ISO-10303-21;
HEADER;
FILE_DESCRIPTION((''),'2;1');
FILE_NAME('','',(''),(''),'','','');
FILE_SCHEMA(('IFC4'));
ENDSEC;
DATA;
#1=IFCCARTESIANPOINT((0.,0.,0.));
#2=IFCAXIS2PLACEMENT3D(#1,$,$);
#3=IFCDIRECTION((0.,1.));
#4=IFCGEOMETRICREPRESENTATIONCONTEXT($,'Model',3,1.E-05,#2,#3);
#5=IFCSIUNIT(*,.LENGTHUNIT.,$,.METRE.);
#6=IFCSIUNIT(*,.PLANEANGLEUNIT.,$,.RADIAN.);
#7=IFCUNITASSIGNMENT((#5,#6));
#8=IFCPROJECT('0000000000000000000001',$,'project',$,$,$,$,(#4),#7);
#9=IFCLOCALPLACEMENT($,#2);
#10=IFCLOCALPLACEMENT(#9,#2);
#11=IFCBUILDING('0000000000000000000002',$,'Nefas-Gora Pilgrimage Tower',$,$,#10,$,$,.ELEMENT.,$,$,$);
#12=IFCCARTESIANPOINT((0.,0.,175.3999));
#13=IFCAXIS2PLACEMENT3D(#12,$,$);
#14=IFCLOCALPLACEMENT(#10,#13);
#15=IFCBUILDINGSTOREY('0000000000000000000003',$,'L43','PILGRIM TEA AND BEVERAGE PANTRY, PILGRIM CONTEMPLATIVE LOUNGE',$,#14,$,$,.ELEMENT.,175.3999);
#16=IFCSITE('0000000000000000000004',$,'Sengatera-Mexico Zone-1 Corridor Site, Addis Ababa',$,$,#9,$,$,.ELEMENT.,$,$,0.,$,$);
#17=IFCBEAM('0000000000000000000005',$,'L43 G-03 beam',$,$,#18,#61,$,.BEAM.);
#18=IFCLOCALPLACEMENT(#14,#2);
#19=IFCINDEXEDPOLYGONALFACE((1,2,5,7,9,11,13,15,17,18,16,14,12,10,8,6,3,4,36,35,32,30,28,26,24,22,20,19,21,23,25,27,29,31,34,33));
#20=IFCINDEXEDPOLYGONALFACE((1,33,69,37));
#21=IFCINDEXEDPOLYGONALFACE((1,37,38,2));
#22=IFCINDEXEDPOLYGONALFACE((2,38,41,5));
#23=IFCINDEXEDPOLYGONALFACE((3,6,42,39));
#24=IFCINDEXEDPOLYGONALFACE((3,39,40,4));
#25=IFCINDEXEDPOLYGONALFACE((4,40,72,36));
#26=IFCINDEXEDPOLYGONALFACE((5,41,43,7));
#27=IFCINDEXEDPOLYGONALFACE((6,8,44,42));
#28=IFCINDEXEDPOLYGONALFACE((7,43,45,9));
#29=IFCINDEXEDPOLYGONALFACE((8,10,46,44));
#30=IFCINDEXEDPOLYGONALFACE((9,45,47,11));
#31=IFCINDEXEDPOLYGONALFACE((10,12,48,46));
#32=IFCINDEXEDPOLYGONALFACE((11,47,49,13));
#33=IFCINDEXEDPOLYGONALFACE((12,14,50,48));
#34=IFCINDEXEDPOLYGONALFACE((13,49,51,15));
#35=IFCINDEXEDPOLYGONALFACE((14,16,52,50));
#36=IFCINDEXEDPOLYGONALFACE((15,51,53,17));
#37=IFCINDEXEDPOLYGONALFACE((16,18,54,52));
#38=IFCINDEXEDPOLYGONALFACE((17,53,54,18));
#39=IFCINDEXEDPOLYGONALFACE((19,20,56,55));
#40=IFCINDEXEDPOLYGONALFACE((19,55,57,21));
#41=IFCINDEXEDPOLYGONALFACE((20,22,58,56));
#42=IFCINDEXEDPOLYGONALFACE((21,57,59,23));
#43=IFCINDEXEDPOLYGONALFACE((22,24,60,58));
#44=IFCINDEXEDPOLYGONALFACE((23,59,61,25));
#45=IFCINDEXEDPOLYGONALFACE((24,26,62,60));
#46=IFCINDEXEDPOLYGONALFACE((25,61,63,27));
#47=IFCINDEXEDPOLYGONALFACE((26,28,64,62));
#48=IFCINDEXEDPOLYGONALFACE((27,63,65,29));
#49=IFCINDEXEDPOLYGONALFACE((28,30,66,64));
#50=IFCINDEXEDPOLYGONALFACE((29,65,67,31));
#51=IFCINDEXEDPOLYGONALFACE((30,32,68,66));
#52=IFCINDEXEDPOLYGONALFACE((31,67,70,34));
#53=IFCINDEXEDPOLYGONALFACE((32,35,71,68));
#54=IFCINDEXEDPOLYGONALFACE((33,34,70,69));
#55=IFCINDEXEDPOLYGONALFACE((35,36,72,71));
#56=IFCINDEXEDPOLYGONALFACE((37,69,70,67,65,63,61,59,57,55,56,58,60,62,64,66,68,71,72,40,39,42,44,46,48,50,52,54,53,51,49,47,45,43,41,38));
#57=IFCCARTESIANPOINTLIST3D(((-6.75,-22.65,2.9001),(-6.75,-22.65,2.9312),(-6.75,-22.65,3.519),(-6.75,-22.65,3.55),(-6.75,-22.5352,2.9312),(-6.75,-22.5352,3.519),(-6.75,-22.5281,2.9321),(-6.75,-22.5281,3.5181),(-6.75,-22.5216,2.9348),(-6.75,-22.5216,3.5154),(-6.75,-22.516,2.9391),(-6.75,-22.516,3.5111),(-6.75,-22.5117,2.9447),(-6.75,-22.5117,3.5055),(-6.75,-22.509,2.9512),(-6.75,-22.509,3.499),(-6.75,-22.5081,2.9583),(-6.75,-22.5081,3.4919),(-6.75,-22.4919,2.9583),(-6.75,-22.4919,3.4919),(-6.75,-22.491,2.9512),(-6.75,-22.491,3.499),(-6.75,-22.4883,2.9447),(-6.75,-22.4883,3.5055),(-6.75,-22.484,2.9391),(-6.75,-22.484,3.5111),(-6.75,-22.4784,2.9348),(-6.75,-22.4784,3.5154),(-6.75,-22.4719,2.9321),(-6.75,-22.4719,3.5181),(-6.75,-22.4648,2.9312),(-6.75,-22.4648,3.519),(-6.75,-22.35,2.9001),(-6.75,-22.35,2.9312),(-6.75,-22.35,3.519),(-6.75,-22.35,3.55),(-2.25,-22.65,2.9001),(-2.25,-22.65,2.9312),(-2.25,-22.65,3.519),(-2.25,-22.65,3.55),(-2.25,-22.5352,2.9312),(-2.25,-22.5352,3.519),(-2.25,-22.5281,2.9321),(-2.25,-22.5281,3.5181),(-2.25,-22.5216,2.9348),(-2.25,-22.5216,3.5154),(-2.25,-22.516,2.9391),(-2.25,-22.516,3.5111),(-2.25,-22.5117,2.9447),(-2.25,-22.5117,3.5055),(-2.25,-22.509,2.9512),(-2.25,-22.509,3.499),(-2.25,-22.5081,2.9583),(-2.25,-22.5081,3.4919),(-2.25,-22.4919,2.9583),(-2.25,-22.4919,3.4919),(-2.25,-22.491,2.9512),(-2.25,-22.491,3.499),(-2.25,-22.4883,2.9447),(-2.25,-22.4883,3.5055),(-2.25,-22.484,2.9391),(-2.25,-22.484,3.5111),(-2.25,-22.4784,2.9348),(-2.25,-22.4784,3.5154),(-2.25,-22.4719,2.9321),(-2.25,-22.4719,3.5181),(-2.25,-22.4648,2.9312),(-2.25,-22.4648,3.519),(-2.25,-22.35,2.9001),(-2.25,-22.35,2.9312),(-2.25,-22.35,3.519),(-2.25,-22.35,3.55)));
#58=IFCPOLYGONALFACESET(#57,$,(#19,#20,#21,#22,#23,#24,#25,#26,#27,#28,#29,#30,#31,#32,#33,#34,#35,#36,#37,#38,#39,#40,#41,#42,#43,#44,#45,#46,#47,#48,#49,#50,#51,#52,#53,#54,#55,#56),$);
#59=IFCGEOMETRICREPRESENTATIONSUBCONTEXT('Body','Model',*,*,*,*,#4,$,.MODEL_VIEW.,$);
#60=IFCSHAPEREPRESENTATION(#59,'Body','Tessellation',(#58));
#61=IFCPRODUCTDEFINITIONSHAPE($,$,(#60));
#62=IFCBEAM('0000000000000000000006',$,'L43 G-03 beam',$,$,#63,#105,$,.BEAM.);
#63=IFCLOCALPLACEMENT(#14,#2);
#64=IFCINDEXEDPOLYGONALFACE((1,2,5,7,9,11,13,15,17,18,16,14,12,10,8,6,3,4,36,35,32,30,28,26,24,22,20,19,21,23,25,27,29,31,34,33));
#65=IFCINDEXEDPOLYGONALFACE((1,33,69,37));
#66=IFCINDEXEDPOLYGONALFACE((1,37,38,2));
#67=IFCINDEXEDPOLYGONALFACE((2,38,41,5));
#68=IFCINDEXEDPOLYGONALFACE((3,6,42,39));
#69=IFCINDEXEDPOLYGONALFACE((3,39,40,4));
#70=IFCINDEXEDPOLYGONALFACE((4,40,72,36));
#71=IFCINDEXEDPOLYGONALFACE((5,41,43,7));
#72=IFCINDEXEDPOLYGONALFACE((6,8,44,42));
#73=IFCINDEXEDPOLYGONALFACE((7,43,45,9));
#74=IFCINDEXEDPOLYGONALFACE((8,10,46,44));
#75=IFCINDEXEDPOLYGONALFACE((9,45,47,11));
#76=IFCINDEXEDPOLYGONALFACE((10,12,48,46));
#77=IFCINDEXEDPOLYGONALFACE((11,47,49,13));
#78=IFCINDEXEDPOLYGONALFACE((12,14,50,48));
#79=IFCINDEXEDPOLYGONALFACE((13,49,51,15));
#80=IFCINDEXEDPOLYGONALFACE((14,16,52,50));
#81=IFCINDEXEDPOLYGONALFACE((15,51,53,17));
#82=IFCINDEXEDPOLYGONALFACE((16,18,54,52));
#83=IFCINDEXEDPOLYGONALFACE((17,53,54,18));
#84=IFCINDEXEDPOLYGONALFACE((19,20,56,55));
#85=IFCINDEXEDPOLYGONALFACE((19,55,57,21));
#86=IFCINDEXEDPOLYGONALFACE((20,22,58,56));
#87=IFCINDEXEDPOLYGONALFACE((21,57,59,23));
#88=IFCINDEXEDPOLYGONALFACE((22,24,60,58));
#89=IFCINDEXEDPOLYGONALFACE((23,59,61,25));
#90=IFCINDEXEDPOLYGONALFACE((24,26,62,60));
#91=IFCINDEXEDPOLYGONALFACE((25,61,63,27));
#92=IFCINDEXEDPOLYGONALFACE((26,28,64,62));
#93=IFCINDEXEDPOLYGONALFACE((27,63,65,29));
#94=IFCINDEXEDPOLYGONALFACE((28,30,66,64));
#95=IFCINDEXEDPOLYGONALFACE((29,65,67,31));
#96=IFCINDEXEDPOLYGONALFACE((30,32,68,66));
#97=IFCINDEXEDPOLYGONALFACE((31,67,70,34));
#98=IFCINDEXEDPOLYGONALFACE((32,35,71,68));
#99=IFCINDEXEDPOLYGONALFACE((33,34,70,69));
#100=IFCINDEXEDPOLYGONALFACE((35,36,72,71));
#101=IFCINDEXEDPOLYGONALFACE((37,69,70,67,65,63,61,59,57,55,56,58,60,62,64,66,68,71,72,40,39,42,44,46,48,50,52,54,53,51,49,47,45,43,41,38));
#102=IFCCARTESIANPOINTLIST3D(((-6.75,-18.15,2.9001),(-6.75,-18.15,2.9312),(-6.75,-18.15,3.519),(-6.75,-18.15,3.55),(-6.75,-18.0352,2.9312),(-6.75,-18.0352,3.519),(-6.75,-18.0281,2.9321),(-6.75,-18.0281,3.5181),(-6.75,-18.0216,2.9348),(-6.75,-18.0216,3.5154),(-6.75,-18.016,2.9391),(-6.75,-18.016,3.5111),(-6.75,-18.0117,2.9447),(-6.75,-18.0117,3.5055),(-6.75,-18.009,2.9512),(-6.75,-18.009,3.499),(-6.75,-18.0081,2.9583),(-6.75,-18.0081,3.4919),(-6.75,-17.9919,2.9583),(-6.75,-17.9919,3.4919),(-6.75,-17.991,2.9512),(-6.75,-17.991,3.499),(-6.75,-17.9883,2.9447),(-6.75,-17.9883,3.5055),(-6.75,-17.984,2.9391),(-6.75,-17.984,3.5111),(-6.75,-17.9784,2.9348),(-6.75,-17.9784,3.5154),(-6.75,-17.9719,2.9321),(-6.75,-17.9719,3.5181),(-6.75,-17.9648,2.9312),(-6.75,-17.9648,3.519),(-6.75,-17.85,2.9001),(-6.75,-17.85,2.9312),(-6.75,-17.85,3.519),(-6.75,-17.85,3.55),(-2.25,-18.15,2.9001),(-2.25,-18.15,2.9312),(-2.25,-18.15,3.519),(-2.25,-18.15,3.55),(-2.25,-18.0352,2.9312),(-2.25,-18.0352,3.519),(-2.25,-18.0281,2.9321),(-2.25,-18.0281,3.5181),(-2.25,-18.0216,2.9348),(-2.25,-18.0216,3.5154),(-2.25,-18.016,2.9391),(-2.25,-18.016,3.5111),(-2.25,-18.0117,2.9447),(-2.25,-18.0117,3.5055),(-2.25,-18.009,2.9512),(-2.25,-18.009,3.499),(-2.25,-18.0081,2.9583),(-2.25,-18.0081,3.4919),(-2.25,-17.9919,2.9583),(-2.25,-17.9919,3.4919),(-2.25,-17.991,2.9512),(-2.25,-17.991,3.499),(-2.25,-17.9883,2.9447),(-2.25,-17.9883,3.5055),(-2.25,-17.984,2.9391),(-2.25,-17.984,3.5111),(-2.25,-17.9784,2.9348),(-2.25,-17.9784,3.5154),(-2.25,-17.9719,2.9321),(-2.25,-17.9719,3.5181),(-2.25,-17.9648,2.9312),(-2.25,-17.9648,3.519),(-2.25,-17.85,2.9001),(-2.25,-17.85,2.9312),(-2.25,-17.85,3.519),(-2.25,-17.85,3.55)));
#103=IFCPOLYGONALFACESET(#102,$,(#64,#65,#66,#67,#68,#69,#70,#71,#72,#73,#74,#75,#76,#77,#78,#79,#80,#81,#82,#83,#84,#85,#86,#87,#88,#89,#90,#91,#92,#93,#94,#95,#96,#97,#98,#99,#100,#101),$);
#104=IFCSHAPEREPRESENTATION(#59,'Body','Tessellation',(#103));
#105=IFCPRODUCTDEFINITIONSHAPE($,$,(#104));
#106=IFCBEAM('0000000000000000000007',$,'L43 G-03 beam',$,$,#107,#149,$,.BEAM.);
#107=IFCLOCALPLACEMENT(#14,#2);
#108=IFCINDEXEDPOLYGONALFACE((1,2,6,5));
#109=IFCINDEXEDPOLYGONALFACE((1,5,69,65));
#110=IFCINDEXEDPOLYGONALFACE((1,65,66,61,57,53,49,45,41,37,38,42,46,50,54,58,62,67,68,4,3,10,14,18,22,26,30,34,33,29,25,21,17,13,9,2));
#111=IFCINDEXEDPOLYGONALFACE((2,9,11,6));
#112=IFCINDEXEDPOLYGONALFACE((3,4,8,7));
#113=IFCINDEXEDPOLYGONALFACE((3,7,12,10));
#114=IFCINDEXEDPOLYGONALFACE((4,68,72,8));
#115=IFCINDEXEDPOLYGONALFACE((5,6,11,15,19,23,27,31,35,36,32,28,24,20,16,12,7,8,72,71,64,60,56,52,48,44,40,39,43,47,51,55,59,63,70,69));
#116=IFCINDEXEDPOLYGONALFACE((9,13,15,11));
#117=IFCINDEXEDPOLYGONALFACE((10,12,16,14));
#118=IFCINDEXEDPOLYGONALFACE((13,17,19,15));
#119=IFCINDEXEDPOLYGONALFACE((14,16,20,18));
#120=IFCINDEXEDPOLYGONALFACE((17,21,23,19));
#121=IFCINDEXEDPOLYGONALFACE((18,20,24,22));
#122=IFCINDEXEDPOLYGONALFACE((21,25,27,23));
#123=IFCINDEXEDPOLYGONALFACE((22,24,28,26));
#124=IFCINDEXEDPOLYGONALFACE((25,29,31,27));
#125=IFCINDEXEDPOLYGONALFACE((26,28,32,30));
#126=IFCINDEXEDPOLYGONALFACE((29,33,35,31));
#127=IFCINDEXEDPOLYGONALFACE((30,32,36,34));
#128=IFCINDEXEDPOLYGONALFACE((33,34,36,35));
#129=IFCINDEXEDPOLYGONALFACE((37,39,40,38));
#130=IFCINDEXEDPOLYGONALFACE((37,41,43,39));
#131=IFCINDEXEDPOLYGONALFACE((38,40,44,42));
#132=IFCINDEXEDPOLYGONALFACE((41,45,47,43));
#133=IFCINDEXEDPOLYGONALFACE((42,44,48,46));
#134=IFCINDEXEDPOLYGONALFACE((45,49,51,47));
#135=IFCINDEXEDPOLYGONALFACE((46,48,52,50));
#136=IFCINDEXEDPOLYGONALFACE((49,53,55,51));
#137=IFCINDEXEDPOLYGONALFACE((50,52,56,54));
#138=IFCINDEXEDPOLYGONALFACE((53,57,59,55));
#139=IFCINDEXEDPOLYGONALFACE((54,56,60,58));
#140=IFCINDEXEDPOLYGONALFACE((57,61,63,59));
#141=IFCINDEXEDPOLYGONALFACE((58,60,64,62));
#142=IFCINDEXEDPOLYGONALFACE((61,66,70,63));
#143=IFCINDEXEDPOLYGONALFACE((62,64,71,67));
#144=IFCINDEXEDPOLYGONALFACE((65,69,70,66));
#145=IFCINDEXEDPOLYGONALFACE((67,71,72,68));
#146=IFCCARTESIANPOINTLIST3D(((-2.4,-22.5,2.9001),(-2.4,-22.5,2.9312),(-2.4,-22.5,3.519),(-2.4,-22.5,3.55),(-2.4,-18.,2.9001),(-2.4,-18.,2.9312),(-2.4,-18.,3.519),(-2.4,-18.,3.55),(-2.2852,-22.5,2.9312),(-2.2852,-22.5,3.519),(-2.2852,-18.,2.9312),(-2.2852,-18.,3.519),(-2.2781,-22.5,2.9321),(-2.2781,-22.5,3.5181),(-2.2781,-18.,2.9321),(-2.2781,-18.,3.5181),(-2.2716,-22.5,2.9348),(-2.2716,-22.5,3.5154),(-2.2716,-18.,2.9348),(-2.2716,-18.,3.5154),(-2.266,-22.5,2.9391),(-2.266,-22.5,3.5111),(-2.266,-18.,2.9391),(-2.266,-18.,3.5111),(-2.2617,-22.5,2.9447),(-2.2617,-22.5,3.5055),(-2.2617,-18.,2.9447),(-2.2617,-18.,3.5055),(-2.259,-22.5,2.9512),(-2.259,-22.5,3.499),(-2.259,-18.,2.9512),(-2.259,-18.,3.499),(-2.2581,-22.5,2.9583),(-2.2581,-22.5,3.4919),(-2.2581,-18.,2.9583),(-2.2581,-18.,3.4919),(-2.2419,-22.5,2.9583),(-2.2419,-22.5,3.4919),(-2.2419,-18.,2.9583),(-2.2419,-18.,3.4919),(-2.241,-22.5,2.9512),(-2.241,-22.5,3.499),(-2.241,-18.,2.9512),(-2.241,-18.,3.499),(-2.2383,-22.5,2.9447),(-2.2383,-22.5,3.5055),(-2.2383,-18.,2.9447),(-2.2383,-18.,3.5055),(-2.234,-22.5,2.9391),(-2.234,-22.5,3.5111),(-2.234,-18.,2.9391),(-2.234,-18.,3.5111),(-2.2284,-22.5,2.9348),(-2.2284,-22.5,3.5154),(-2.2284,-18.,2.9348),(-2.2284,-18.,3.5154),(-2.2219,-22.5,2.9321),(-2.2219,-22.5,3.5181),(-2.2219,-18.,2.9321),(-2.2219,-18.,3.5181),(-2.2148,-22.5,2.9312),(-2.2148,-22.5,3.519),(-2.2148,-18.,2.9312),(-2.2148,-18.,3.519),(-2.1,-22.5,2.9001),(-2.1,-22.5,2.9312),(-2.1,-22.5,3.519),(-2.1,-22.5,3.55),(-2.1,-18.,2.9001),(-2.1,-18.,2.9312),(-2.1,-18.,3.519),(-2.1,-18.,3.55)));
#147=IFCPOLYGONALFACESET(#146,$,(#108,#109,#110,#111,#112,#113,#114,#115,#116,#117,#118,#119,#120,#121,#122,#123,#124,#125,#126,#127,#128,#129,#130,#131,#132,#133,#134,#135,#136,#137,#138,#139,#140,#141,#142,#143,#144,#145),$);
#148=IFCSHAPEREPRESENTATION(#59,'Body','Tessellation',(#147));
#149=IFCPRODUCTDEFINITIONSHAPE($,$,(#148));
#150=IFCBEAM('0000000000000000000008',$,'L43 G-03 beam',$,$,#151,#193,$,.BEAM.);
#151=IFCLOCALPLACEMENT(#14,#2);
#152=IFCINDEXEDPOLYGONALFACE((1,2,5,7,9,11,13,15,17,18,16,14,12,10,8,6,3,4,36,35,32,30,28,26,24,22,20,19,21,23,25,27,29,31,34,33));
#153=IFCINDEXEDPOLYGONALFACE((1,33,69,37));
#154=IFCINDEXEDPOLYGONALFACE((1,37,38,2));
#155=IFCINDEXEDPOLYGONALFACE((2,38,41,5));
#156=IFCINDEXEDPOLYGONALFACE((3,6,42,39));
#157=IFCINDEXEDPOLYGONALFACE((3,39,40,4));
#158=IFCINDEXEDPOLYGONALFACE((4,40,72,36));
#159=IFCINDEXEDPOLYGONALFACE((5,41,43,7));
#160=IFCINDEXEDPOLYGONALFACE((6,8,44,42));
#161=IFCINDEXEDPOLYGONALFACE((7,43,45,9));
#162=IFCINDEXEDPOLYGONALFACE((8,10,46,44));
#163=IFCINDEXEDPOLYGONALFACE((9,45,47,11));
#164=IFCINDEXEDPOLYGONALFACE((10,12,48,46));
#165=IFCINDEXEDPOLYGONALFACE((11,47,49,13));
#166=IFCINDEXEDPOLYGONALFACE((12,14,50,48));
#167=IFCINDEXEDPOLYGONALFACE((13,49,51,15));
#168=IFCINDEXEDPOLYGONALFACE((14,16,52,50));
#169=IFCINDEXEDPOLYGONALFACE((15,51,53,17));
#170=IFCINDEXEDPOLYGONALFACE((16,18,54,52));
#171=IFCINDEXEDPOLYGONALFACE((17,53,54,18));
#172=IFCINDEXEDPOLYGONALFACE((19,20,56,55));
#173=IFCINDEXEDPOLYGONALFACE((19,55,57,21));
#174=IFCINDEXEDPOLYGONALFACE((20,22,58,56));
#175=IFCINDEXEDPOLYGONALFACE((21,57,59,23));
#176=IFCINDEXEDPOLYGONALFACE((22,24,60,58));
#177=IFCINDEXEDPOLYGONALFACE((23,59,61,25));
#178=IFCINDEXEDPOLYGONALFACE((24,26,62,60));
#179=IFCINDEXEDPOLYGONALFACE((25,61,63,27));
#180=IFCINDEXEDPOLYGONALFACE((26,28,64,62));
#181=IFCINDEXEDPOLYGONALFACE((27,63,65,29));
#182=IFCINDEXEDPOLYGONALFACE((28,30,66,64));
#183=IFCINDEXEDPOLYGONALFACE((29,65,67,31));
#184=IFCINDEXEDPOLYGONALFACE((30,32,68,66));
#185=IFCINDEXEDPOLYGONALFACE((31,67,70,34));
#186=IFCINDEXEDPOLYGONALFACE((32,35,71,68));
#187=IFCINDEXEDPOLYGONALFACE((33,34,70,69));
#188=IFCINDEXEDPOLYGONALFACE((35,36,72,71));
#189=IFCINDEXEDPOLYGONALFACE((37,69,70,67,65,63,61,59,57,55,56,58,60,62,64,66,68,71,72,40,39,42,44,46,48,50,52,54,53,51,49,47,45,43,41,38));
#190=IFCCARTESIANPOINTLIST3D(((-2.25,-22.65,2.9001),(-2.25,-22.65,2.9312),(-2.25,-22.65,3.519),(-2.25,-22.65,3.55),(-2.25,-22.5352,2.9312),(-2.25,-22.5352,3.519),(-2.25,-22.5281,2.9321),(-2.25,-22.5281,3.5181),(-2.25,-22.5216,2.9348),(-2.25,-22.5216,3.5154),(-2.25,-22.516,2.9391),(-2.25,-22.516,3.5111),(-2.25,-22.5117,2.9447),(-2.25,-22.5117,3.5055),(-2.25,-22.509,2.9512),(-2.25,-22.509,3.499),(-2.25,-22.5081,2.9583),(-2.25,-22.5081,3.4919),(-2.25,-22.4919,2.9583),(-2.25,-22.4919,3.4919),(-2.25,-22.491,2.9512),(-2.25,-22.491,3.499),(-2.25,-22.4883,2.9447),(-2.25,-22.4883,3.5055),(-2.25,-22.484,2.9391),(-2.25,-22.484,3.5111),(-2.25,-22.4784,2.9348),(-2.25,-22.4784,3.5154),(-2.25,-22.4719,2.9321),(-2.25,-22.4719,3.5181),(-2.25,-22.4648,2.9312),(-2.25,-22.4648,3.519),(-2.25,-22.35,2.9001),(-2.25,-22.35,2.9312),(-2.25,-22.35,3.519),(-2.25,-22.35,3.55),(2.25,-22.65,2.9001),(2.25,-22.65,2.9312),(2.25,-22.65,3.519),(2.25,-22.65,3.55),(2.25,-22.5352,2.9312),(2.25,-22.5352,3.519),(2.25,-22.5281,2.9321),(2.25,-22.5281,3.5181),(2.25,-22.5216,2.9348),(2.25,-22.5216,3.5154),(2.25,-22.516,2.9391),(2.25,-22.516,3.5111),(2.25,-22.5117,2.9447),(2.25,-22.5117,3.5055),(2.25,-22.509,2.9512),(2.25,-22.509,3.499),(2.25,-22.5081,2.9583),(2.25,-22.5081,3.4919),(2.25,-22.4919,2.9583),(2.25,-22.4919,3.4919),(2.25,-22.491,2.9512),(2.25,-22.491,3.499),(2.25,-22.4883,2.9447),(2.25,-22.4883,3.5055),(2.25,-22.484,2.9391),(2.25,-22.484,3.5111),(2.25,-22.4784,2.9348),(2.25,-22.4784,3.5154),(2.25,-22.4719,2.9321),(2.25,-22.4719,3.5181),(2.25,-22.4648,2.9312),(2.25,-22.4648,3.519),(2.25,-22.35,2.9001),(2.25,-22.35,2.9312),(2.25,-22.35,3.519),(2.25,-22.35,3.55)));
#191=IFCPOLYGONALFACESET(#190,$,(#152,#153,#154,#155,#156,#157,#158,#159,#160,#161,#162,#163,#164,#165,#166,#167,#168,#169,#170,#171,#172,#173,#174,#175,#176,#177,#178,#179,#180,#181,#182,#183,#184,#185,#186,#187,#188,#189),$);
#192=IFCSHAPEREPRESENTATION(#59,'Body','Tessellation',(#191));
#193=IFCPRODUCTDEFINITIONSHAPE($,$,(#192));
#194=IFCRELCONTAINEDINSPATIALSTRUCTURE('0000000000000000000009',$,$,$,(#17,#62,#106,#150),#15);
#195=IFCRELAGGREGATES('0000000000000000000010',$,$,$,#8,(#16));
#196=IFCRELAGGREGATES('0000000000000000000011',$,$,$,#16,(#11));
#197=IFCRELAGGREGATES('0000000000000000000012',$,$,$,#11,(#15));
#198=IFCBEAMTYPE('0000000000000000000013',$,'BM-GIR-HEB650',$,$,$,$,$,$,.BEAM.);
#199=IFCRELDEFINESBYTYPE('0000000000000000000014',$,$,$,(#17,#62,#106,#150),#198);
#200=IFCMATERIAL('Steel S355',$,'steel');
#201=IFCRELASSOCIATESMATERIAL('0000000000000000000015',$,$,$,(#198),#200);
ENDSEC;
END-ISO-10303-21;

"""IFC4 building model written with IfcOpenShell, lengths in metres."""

from ifc_helpers import new_model, si_unit, direction, frame, origin, origin_2d, place, context, subcontext, project, spatial, i_section, extrude, source, transform, mapped, material, material_profile, profile_set, type_object, element, save


model = new_model("IFC4")

# Units and contexts
model_context = context("Model", 3, precision=1e-05, world=origin(), true_north=direction((0.0, 1.0)))
body_context = subcontext(model_context, "Body", "Model", "MODEL_VIEW")
ifc_project = project(units=[si_unit("LENGTHUNIT", "METRE"), si_unit("PLANEANGLEUNIT", "RADIAN")], contexts=[model_context])

# Site, building, storey
site_placement = place(None, origin())
site = spatial("IfcSite", under=ifc_project, at=site_placement, Name="Sengatera-Mexico Zone-1 Corridor Site, Addis Ababa", CompositionType="ELEMENT", RefElevation=0.0)
building_placement = place(site_placement, origin())
building = spatial("IfcBuilding", under=site, at=building_placement, Name="Nefas-Gora Pilgrimage Tower", CompositionType="ELEMENT")
storey_placement = place(building_placement, frame((0.0, 0.0, 175.3999)))
storey = spatial("IfcBuildingStorey", under=building, at=storey_placement, Name="L43", Description="PILGRIM TEA AND BEVERAGE PANTRY, PILGRIM CONTEMPLATIVE LOUNGE", CompositionType="ELEMENT", Elevation=175.3999)

# Beams
ifc_material_1 = material(Name="Steel S355", Category="steel")
ifc_material_profile_1 = material_profile(ifc_material_1, i_section(OverallWidth=0.3, OverallDepth=0.6499, WebThickness=0.0161, FlangeThickness=0.031, FilletRadius=0.0271, at=origin_2d()), Name="HEB 650")
ifc_profile_set_1 = profile_set([ifc_material_profile_1], Name="Steel S355")
beam_type = type_object("IfcBeamType", Name="BM-GIR-HEB650", PredefinedType="BEAM", material=ifc_profile_set_1)
shared_shape_1 = source(origin(), body_context, "Body", "SweptSolid", [
    extrude(i_section(OverallWidth=0.3, OverallDepth=0.6499, WebThickness=0.0161, FlangeThickness=0.031, FilletRadius=0.0271, at=origin_2d()), origin(), (0.0, 0.0, 1.0), 4.5),
])
for number, where, z_axis, x_axis, name in (
    (1, (-6.75, -22.5, 3.2251), (1.0, 0.0, 0.0), (0.0, 1.0, 0.0), "L43 G-03 beam"),
    (2, (-6.75, -18.0, 3.2251), (1.0, 0.0, 0.0), (0.0, 1.0, 0.0), "L43 G-03 beam"),
    (3, (-2.25, -22.5, 3.2251), (0.0, 1.0, 0.0), (-1.0, 0.0, 0.0), "L43 G-03 beam"),
    (4, (-2.25, -22.5, 3.2251), (1.0, 0.0, 0.0), (0.0, 1.0, 0.0), "L43 G-03 beam"),
):
    element("IfcBeam", number, at=place(storey_placement, frame(where, z_axis=z_axis, x_axis=x_axis)), inside=storey, type_object=beam_type, Name=name, PredefinedType="BEAM", context=body_context, shape_type="MappedRepresentation", body=[
        mapped(shared_shape_1, transform((0.0, 0.0, 0.0), x_axis=(1.0, 0.0, 0.0), y_axis=(0.0, 1.0, 0.0), z_axis=(0.0, 0.0, 1.0), scale=1.0)),
    ])

save(model, "model.ifc")
